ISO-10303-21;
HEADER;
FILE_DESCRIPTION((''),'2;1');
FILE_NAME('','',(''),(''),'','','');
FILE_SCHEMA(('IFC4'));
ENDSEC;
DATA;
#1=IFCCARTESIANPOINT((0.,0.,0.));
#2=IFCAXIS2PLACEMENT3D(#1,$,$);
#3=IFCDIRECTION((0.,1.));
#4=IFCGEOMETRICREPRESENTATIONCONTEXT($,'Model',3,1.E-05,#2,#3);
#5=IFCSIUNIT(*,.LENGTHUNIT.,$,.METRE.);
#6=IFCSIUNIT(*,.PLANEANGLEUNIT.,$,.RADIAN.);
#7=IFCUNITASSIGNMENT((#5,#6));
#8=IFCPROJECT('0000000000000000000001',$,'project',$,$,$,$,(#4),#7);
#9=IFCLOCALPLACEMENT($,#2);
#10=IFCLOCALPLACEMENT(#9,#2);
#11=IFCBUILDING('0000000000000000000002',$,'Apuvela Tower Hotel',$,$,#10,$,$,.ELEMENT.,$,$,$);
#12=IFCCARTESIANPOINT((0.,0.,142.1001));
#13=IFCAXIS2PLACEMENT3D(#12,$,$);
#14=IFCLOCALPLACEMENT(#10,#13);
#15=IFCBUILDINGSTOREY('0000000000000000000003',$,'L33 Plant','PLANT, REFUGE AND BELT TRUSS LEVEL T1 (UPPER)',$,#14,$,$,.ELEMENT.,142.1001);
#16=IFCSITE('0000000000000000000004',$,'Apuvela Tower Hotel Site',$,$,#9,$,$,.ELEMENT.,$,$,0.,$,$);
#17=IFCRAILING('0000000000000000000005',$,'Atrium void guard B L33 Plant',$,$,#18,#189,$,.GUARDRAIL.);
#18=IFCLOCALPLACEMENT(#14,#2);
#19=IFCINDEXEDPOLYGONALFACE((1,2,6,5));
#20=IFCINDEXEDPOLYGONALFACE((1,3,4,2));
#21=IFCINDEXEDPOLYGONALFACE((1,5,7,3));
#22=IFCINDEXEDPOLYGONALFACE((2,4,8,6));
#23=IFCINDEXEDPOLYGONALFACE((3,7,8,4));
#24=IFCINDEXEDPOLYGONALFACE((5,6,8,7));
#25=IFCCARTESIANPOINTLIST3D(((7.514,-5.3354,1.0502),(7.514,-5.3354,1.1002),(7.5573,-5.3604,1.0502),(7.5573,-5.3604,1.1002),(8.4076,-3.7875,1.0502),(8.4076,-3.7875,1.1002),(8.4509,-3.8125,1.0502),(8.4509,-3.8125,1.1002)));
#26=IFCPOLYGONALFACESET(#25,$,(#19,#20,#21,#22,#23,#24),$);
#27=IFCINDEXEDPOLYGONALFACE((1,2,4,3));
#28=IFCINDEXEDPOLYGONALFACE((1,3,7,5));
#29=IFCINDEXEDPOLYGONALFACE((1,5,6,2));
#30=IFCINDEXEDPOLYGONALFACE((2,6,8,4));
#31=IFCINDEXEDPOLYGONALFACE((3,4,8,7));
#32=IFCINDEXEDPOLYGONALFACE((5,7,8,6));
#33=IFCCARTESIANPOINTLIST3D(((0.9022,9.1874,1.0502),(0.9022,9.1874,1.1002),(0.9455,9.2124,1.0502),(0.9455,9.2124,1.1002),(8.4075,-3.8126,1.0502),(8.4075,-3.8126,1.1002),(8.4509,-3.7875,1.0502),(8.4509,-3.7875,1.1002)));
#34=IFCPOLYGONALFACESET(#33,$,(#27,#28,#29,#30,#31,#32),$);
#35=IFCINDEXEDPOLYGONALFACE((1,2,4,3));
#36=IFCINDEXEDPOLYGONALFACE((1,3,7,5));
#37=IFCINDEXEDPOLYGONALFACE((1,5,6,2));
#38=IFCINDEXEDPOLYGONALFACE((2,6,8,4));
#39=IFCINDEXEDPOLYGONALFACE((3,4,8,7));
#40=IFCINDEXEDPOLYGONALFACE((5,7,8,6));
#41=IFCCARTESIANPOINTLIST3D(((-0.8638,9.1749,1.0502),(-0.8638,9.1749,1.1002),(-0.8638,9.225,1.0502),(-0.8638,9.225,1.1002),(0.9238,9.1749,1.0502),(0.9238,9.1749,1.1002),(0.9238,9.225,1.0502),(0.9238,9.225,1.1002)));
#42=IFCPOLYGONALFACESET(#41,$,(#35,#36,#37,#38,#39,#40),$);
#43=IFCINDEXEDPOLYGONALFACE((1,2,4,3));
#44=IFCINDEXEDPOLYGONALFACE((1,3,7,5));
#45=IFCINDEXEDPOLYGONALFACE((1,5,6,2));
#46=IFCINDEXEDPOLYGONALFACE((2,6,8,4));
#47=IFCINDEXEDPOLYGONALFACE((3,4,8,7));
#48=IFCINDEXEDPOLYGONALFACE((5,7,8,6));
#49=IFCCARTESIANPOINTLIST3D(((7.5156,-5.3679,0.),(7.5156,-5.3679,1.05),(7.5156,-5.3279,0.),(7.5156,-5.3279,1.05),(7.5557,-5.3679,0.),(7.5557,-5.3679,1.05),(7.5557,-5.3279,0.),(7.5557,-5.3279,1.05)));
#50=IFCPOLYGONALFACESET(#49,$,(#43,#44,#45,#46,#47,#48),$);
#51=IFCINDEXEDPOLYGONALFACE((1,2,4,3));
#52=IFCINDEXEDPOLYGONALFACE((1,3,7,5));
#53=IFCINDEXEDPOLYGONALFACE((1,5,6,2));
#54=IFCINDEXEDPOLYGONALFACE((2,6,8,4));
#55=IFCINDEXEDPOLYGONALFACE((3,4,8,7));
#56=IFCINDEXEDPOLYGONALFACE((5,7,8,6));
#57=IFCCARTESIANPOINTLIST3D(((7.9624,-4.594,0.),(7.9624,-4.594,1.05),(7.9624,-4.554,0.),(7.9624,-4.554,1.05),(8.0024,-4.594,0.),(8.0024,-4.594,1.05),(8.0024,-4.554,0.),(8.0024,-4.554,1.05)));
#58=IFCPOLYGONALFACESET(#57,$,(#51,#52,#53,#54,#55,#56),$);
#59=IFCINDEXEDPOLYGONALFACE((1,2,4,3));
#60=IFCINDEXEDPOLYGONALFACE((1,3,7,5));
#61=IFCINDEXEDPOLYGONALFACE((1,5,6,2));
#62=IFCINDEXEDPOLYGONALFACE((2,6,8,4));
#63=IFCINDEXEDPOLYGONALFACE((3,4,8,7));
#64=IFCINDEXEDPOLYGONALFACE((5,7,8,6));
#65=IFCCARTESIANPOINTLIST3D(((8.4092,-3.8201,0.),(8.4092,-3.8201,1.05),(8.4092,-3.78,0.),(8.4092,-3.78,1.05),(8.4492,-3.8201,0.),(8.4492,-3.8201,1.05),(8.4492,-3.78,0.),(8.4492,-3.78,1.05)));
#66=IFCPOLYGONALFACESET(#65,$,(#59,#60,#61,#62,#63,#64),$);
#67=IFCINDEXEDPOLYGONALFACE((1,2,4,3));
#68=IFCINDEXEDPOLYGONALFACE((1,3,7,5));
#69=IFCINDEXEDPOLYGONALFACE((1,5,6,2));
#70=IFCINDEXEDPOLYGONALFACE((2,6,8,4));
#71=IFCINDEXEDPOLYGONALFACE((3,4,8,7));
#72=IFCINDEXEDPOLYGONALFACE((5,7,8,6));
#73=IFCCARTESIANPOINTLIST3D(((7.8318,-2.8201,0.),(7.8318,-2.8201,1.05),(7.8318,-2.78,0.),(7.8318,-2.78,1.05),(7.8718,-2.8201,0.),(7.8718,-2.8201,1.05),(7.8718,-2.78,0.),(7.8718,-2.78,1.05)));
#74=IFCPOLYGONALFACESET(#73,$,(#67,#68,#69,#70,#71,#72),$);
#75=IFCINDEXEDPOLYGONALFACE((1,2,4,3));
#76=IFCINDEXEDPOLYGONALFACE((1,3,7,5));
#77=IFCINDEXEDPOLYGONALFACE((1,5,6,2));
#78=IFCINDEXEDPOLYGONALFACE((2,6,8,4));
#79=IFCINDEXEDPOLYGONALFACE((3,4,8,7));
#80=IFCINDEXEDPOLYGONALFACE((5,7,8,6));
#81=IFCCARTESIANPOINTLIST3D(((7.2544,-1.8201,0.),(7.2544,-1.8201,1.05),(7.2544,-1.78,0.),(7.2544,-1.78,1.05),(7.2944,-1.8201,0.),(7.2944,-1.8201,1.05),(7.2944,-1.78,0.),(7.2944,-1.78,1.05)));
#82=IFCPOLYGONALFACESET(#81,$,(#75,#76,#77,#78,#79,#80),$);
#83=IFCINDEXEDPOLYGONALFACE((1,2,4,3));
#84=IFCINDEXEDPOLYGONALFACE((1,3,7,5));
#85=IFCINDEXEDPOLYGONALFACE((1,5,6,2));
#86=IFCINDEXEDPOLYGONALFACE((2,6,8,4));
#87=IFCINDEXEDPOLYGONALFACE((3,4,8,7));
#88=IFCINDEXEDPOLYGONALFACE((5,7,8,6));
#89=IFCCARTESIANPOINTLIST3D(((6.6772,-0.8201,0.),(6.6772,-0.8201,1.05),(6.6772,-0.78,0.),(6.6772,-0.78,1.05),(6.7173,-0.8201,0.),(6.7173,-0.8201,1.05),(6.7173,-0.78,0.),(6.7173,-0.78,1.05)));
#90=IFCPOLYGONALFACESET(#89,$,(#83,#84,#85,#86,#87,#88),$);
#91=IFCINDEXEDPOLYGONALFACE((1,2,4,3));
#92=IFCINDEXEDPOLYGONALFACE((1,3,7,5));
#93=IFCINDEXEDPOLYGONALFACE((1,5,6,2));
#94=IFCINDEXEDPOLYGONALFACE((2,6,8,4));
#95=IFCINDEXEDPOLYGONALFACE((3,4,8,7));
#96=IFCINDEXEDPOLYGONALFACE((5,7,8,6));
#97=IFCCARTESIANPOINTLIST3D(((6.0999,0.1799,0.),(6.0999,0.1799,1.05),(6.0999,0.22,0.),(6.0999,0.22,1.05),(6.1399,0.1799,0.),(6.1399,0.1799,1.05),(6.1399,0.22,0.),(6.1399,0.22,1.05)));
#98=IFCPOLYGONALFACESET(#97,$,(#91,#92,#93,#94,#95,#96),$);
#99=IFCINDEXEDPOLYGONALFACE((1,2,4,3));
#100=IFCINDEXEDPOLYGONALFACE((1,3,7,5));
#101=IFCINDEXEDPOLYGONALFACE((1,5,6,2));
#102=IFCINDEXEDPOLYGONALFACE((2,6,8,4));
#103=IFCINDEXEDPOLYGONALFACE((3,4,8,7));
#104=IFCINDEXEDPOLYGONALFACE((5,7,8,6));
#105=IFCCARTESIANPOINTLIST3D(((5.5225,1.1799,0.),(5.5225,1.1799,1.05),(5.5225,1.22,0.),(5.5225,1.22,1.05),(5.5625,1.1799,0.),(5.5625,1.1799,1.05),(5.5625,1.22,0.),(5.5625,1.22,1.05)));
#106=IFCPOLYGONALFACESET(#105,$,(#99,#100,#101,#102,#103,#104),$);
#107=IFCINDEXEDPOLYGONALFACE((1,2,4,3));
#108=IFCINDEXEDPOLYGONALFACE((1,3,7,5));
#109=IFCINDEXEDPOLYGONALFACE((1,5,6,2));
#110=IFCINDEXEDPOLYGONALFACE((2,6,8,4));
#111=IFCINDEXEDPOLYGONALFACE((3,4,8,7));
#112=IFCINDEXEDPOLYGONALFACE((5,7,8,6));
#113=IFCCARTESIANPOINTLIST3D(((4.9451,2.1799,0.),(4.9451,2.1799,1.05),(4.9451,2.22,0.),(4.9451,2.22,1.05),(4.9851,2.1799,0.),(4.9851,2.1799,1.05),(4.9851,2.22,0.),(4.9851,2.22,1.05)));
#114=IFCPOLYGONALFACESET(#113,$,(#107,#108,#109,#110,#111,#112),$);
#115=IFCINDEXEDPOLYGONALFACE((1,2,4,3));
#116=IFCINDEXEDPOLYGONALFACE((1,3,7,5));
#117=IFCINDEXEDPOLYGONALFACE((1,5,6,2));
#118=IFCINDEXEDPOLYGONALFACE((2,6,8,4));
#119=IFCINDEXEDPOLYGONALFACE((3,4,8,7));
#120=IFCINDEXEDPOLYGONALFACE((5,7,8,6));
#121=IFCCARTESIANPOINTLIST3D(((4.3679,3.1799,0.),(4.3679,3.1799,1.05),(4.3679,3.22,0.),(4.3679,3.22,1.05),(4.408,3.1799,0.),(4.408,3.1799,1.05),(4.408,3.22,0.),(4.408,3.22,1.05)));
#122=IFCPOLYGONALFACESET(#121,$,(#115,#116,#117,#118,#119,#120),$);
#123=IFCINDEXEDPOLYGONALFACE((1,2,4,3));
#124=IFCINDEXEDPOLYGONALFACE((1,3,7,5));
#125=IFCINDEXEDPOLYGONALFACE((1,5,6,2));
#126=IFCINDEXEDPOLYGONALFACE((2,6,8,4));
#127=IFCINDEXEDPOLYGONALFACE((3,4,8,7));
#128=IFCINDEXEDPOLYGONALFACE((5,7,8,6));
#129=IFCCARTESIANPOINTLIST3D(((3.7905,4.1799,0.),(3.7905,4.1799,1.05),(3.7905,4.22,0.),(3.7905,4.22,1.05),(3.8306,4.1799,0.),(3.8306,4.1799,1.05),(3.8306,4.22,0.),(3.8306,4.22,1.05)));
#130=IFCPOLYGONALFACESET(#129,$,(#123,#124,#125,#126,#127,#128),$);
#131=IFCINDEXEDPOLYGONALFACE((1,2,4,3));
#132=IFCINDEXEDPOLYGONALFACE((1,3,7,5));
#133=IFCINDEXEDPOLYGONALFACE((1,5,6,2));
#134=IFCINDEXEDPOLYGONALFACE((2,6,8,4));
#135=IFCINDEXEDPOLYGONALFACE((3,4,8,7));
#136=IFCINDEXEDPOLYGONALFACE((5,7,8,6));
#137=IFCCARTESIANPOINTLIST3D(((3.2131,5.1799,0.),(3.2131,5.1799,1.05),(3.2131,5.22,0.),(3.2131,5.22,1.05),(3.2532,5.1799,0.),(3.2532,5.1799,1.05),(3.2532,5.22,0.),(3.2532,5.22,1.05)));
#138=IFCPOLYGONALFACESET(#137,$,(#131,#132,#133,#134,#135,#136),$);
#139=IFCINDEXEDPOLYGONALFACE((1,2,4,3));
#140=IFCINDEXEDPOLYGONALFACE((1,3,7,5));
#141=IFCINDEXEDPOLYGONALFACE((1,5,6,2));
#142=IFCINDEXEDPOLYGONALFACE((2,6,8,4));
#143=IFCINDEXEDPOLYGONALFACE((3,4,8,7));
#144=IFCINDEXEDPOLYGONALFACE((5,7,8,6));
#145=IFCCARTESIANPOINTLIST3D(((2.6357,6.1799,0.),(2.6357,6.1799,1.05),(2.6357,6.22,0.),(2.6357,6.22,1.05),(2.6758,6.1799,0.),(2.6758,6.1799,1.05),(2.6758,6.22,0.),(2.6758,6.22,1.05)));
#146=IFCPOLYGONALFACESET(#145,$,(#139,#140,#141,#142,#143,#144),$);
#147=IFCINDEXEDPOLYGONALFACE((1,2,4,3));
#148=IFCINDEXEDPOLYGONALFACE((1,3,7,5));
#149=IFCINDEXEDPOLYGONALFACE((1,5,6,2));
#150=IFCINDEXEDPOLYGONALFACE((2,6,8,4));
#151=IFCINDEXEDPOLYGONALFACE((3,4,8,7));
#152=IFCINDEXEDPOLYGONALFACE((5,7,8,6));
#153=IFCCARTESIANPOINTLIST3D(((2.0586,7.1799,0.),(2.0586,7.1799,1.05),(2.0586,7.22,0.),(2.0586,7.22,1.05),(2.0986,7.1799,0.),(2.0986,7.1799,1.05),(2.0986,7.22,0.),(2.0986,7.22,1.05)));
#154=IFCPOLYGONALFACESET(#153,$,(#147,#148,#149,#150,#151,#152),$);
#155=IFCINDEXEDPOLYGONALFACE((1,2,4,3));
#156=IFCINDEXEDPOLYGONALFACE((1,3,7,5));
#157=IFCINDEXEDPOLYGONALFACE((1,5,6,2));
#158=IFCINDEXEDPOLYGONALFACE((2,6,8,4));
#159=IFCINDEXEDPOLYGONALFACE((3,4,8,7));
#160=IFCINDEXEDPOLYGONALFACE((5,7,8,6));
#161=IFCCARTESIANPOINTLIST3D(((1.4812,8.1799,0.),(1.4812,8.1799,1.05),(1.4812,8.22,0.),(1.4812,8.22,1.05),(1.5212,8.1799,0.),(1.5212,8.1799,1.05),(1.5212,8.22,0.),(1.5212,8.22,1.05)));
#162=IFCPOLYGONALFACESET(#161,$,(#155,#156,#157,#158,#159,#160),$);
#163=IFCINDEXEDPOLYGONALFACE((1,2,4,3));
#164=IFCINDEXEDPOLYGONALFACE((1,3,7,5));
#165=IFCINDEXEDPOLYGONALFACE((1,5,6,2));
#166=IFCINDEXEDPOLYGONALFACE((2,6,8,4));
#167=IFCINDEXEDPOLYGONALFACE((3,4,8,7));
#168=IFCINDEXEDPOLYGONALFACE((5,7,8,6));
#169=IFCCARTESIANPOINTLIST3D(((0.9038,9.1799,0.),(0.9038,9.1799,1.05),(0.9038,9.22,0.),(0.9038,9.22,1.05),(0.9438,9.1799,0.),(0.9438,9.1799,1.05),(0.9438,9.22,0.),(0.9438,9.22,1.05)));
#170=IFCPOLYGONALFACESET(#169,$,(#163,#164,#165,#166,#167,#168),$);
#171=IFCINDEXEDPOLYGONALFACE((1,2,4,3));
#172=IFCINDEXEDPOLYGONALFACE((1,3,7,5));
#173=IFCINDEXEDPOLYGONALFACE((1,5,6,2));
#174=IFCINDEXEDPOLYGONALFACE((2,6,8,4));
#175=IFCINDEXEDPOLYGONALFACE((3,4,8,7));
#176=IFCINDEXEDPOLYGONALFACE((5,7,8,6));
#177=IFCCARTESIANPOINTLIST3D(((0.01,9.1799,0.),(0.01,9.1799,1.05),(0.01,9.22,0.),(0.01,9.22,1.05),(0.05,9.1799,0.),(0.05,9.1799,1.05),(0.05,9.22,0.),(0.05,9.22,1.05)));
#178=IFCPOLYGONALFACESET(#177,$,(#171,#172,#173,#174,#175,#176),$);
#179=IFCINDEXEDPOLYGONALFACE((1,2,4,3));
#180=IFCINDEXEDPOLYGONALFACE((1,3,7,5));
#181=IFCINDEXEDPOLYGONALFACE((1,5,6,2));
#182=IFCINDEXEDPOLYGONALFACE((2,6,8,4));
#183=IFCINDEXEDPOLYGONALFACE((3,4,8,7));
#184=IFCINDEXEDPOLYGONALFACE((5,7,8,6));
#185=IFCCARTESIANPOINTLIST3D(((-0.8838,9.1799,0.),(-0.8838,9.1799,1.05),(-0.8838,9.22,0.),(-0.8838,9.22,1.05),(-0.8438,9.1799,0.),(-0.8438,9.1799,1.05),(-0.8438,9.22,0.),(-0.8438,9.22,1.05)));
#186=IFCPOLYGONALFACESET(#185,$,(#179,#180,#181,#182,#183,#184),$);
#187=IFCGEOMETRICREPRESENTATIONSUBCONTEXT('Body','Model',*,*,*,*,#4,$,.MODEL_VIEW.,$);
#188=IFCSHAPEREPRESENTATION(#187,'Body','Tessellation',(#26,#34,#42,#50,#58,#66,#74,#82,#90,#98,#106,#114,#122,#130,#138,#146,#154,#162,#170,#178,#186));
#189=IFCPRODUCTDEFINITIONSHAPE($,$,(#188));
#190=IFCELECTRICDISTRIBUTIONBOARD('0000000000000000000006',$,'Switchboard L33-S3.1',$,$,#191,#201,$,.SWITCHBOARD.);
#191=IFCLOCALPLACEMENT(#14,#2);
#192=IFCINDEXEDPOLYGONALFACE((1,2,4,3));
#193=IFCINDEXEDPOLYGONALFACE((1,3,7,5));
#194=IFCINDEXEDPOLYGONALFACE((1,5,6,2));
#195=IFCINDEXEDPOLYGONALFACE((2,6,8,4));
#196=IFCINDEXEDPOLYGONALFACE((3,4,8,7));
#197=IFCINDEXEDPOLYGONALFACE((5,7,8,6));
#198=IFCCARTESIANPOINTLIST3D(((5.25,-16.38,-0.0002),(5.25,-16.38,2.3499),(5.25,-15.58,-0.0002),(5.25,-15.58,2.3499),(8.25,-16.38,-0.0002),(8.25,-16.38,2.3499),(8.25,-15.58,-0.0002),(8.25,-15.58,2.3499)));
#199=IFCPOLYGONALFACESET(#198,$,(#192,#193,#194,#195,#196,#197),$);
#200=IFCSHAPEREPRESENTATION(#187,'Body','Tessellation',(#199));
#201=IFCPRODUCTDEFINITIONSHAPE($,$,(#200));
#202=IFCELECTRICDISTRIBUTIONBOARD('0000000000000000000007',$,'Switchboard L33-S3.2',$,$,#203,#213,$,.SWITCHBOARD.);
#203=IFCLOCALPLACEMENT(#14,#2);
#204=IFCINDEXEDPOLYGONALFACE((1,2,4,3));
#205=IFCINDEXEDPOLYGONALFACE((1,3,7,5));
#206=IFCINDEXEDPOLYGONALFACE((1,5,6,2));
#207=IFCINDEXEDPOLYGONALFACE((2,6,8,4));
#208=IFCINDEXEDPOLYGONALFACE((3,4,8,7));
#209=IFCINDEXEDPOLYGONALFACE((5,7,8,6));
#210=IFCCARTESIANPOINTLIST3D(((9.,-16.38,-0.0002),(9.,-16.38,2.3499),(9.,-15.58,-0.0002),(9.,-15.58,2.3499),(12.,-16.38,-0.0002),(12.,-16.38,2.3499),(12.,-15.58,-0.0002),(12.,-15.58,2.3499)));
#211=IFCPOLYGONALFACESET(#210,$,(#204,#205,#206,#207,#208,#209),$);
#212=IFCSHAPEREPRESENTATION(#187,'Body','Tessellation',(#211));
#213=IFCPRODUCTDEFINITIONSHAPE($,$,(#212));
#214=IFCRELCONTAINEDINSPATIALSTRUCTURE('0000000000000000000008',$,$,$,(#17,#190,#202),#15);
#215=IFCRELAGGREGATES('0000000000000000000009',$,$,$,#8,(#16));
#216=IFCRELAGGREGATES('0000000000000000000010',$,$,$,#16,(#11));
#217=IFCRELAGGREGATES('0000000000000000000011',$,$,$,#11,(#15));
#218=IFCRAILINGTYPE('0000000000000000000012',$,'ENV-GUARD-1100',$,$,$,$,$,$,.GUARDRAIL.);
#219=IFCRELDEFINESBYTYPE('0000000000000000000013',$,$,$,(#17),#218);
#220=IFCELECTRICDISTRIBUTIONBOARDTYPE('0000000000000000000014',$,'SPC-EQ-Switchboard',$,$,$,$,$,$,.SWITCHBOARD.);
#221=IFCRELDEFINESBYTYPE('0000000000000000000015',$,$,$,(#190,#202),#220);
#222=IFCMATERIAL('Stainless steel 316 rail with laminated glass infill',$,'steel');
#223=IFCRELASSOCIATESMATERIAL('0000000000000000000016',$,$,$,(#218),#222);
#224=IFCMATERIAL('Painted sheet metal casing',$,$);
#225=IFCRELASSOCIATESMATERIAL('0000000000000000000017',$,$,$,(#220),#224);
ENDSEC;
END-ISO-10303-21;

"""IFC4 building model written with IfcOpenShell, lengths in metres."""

from ifc_helpers import new_model, si_unit, direction, frame, origin, origin_2d, place, context, subcontext, project, spatial, rectangle, extrude, material, type_object, element, save


model = new_model("IFC4")

# Units and contexts
model_context = context("Model", 3, precision=1e-05, world=origin(), true_north=direction((0.0, 1.0)))
body_context = subcontext(model_context, "Body", "Model", "MODEL_VIEW")
ifc_project = project(units=[si_unit("LENGTHUNIT", "METRE"), si_unit("PLANEANGLEUNIT", "RADIAN")], contexts=[model_context])

# Site, building, storey
site_placement = place(None, origin())
site = spatial("IfcSite", under=ifc_project, at=site_placement, Name="Apuvela Tower Hotel Site", CompositionType="ELEMENT", RefElevation=0.0)
building_placement = place(site_placement, origin())
building = spatial("IfcBuilding", under=site, at=building_placement, Name="Apuvela Tower Hotel", CompositionType="ELEMENT")
storey_placement = place(building_placement, frame((0.0, 0.0, 142.1001)))
storey = spatial("IfcBuildingStorey", under=building, at=storey_placement, Name="L33 Plant", Description="PLANT, REFUGE AND BELT TRUSS LEVEL T1 (UPPER)", CompositionType="ELEMENT", Elevation=142.1001)

# Railing
ifc_material_1 = material(Name="Stainless steel 316 rail with laminated glass infill", Category="steel")
railing_type_1 = type_object("IfcRailingType", Name="ENV-GUARD-1100", PredefinedType="GUARDRAIL", material=ifc_material_1)
railing_1_placement = place(storey_placement, frame((7.5356, -5.3479, 0.0)))
element("IfcRailing", 1, at=railing_1_placement, inside=storey, type_object=railing_type_1, Name="Atrium void guard B L33 Plant", PredefinedType="GUARDRAIL", context=body_context, shape_type="SweptSolid", body=[
    extrude(rectangle(XDim=0.05, YDim=0.05, at=origin_2d()), frame((0.0, 0.0, 1.0752), z_axis=(0.499959, 0.866049, 0.0), x_axis=(-0.866049, 0.499959, 0.0)), (0.0, 0.0, 1.0), 1.7874),
    extrude(rectangle(XDim=0.05, YDim=0.05, at=origin_2d()), frame((0.8936, 1.5479, 1.0752), z_axis=(-0.499991, 0.866031, 0.0), x_axis=(-0.866031, -0.499991, 0.0)), (0.0, 0.0, 1.0), 15.011),
    extrude(rectangle(XDim=0.05, YDim=0.05, at=origin_2d()), frame((-6.6118, 14.5479, 1.0752), z_axis=(-1.0, 0.0, 0.0), x_axis=(0.0, -1.0, 0.0)), (0.0, 0.0, 1.0), 1.7876),
    extrude(rectangle(XDim=0.04, YDim=0.04, at=origin_2d()), origin(), (0.0, 0.0, 1.0), 1.05),
    extrude(rectangle(XDim=0.04, YDim=0.04, at=origin_2d()), frame((0.4468, 0.7739, 0.0)), (0.0, 0.0, 1.0), 1.05),
    extrude(rectangle(XDim=0.04, YDim=0.04, at=origin_2d()), frame((0.8936, 1.5479, 0.0)), (0.0, 0.0, 1.0), 1.05),
    extrude(rectangle(XDim=0.04, YDim=0.04, at=origin_2d()), frame((0.3162, 2.5479, 0.0)), (0.0, 0.0, 1.0), 1.05),
    extrude(rectangle(XDim=0.04, YDim=0.04, at=origin_2d()), frame((-0.2612, 3.5479, 0.0)), (0.0, 0.0, 1.0), 1.05),
    extrude(rectangle(XDim=0.04, YDim=0.04, at=origin_2d()), frame((-0.8384, 4.5479, 0.0)), (0.0, 0.0, 1.0), 1.05),
    extrude(rectangle(XDim=0.04, YDim=0.04, at=origin_2d()), frame((-1.4158, 5.5479, 0.0)), (0.0, 0.0, 1.0), 1.05),
    extrude(rectangle(XDim=0.04, YDim=0.04, at=origin_2d()), frame((-1.9932, 6.5479, 0.0)), (0.0, 0.0, 1.0), 1.05),
    extrude(rectangle(XDim=0.04, YDim=0.04, at=origin_2d()), frame((-2.5706, 7.5479, 0.0)), (0.0, 0.0, 1.0), 1.05),
    extrude(rectangle(XDim=0.04, YDim=0.04, at=origin_2d()), frame((-3.1477, 8.5479, 0.0)), (0.0, 0.0, 1.0), 1.05),
    extrude(rectangle(XDim=0.04, YDim=0.04, at=origin_2d()), frame((-3.7251, 9.5479, 0.0)), (0.0, 0.0, 1.0), 1.05),
    extrude(rectangle(XDim=0.04, YDim=0.04, at=origin_2d()), frame((-4.3025, 10.5479, 0.0)), (0.0, 0.0, 1.0), 1.05),
    extrude(rectangle(XDim=0.04, YDim=0.04, at=origin_2d()), frame((-4.8799, 11.5479, 0.0)), (0.0, 0.0, 1.0), 1.05),
    extrude(rectangle(XDim=0.04, YDim=0.04, at=origin_2d()), frame((-5.457, 12.5479, 0.0)), (0.0, 0.0, 1.0), 1.05),
    extrude(rectangle(XDim=0.04, YDim=0.04, at=origin_2d()), frame((-6.0344, 13.5479, 0.0)), (0.0, 0.0, 1.0), 1.05),
    extrude(rectangle(XDim=0.04, YDim=0.04, at=origin_2d()), frame((-6.6118, 14.5479, 0.0)), (0.0, 0.0, 1.0), 1.05),
    extrude(rectangle(XDim=0.04, YDim=0.04, at=origin_2d()), frame((-7.5056, 14.5479, 0.0)), (0.0, 0.0, 1.0), 1.05),
    extrude(rectangle(XDim=0.04, YDim=0.04, at=origin_2d()), frame((-8.3994, 14.5479, 0.0)), (0.0, 0.0, 1.0), 1.05),
])

# Electric distribution boards
ifc_material_2 = material(Name="Painted sheet metal casing")
electric_distribution_board_type = type_object("IfcElectricDistributionBoardType", Name="SPC-EQ-Switchboard", PredefinedType="SWITCHBOARD", material=ifc_material_2)
for number, where, z_axis, x_axis, name in (
    (2, (6.75, -15.98, -0.0002), (0.0, 0.0, 1.0), (1.0, 0.0, 0.0), "Switchboard L33-S3.1"),
    (3, (10.5, -15.98, -0.0002), (0.0, 0.0, 1.0), (1.0, 0.0, 0.0), "Switchboard L33-S3.2"),
):
    element("IfcElectricDistributionBoard", number, at=place(storey_placement, frame(where, z_axis=z_axis, x_axis=x_axis)), inside=storey, type_object=electric_distribution_board_type, Name=name, PredefinedType="SWITCHBOARD", context=body_context, shape_type="SweptSolid", body=[
        extrude(rectangle(XDim=3.0, YDim=0.8, at=origin_2d()), origin(), (0.0, 0.0, 1.0), 2.3501),
    ])

save(model, "model.ifc")
